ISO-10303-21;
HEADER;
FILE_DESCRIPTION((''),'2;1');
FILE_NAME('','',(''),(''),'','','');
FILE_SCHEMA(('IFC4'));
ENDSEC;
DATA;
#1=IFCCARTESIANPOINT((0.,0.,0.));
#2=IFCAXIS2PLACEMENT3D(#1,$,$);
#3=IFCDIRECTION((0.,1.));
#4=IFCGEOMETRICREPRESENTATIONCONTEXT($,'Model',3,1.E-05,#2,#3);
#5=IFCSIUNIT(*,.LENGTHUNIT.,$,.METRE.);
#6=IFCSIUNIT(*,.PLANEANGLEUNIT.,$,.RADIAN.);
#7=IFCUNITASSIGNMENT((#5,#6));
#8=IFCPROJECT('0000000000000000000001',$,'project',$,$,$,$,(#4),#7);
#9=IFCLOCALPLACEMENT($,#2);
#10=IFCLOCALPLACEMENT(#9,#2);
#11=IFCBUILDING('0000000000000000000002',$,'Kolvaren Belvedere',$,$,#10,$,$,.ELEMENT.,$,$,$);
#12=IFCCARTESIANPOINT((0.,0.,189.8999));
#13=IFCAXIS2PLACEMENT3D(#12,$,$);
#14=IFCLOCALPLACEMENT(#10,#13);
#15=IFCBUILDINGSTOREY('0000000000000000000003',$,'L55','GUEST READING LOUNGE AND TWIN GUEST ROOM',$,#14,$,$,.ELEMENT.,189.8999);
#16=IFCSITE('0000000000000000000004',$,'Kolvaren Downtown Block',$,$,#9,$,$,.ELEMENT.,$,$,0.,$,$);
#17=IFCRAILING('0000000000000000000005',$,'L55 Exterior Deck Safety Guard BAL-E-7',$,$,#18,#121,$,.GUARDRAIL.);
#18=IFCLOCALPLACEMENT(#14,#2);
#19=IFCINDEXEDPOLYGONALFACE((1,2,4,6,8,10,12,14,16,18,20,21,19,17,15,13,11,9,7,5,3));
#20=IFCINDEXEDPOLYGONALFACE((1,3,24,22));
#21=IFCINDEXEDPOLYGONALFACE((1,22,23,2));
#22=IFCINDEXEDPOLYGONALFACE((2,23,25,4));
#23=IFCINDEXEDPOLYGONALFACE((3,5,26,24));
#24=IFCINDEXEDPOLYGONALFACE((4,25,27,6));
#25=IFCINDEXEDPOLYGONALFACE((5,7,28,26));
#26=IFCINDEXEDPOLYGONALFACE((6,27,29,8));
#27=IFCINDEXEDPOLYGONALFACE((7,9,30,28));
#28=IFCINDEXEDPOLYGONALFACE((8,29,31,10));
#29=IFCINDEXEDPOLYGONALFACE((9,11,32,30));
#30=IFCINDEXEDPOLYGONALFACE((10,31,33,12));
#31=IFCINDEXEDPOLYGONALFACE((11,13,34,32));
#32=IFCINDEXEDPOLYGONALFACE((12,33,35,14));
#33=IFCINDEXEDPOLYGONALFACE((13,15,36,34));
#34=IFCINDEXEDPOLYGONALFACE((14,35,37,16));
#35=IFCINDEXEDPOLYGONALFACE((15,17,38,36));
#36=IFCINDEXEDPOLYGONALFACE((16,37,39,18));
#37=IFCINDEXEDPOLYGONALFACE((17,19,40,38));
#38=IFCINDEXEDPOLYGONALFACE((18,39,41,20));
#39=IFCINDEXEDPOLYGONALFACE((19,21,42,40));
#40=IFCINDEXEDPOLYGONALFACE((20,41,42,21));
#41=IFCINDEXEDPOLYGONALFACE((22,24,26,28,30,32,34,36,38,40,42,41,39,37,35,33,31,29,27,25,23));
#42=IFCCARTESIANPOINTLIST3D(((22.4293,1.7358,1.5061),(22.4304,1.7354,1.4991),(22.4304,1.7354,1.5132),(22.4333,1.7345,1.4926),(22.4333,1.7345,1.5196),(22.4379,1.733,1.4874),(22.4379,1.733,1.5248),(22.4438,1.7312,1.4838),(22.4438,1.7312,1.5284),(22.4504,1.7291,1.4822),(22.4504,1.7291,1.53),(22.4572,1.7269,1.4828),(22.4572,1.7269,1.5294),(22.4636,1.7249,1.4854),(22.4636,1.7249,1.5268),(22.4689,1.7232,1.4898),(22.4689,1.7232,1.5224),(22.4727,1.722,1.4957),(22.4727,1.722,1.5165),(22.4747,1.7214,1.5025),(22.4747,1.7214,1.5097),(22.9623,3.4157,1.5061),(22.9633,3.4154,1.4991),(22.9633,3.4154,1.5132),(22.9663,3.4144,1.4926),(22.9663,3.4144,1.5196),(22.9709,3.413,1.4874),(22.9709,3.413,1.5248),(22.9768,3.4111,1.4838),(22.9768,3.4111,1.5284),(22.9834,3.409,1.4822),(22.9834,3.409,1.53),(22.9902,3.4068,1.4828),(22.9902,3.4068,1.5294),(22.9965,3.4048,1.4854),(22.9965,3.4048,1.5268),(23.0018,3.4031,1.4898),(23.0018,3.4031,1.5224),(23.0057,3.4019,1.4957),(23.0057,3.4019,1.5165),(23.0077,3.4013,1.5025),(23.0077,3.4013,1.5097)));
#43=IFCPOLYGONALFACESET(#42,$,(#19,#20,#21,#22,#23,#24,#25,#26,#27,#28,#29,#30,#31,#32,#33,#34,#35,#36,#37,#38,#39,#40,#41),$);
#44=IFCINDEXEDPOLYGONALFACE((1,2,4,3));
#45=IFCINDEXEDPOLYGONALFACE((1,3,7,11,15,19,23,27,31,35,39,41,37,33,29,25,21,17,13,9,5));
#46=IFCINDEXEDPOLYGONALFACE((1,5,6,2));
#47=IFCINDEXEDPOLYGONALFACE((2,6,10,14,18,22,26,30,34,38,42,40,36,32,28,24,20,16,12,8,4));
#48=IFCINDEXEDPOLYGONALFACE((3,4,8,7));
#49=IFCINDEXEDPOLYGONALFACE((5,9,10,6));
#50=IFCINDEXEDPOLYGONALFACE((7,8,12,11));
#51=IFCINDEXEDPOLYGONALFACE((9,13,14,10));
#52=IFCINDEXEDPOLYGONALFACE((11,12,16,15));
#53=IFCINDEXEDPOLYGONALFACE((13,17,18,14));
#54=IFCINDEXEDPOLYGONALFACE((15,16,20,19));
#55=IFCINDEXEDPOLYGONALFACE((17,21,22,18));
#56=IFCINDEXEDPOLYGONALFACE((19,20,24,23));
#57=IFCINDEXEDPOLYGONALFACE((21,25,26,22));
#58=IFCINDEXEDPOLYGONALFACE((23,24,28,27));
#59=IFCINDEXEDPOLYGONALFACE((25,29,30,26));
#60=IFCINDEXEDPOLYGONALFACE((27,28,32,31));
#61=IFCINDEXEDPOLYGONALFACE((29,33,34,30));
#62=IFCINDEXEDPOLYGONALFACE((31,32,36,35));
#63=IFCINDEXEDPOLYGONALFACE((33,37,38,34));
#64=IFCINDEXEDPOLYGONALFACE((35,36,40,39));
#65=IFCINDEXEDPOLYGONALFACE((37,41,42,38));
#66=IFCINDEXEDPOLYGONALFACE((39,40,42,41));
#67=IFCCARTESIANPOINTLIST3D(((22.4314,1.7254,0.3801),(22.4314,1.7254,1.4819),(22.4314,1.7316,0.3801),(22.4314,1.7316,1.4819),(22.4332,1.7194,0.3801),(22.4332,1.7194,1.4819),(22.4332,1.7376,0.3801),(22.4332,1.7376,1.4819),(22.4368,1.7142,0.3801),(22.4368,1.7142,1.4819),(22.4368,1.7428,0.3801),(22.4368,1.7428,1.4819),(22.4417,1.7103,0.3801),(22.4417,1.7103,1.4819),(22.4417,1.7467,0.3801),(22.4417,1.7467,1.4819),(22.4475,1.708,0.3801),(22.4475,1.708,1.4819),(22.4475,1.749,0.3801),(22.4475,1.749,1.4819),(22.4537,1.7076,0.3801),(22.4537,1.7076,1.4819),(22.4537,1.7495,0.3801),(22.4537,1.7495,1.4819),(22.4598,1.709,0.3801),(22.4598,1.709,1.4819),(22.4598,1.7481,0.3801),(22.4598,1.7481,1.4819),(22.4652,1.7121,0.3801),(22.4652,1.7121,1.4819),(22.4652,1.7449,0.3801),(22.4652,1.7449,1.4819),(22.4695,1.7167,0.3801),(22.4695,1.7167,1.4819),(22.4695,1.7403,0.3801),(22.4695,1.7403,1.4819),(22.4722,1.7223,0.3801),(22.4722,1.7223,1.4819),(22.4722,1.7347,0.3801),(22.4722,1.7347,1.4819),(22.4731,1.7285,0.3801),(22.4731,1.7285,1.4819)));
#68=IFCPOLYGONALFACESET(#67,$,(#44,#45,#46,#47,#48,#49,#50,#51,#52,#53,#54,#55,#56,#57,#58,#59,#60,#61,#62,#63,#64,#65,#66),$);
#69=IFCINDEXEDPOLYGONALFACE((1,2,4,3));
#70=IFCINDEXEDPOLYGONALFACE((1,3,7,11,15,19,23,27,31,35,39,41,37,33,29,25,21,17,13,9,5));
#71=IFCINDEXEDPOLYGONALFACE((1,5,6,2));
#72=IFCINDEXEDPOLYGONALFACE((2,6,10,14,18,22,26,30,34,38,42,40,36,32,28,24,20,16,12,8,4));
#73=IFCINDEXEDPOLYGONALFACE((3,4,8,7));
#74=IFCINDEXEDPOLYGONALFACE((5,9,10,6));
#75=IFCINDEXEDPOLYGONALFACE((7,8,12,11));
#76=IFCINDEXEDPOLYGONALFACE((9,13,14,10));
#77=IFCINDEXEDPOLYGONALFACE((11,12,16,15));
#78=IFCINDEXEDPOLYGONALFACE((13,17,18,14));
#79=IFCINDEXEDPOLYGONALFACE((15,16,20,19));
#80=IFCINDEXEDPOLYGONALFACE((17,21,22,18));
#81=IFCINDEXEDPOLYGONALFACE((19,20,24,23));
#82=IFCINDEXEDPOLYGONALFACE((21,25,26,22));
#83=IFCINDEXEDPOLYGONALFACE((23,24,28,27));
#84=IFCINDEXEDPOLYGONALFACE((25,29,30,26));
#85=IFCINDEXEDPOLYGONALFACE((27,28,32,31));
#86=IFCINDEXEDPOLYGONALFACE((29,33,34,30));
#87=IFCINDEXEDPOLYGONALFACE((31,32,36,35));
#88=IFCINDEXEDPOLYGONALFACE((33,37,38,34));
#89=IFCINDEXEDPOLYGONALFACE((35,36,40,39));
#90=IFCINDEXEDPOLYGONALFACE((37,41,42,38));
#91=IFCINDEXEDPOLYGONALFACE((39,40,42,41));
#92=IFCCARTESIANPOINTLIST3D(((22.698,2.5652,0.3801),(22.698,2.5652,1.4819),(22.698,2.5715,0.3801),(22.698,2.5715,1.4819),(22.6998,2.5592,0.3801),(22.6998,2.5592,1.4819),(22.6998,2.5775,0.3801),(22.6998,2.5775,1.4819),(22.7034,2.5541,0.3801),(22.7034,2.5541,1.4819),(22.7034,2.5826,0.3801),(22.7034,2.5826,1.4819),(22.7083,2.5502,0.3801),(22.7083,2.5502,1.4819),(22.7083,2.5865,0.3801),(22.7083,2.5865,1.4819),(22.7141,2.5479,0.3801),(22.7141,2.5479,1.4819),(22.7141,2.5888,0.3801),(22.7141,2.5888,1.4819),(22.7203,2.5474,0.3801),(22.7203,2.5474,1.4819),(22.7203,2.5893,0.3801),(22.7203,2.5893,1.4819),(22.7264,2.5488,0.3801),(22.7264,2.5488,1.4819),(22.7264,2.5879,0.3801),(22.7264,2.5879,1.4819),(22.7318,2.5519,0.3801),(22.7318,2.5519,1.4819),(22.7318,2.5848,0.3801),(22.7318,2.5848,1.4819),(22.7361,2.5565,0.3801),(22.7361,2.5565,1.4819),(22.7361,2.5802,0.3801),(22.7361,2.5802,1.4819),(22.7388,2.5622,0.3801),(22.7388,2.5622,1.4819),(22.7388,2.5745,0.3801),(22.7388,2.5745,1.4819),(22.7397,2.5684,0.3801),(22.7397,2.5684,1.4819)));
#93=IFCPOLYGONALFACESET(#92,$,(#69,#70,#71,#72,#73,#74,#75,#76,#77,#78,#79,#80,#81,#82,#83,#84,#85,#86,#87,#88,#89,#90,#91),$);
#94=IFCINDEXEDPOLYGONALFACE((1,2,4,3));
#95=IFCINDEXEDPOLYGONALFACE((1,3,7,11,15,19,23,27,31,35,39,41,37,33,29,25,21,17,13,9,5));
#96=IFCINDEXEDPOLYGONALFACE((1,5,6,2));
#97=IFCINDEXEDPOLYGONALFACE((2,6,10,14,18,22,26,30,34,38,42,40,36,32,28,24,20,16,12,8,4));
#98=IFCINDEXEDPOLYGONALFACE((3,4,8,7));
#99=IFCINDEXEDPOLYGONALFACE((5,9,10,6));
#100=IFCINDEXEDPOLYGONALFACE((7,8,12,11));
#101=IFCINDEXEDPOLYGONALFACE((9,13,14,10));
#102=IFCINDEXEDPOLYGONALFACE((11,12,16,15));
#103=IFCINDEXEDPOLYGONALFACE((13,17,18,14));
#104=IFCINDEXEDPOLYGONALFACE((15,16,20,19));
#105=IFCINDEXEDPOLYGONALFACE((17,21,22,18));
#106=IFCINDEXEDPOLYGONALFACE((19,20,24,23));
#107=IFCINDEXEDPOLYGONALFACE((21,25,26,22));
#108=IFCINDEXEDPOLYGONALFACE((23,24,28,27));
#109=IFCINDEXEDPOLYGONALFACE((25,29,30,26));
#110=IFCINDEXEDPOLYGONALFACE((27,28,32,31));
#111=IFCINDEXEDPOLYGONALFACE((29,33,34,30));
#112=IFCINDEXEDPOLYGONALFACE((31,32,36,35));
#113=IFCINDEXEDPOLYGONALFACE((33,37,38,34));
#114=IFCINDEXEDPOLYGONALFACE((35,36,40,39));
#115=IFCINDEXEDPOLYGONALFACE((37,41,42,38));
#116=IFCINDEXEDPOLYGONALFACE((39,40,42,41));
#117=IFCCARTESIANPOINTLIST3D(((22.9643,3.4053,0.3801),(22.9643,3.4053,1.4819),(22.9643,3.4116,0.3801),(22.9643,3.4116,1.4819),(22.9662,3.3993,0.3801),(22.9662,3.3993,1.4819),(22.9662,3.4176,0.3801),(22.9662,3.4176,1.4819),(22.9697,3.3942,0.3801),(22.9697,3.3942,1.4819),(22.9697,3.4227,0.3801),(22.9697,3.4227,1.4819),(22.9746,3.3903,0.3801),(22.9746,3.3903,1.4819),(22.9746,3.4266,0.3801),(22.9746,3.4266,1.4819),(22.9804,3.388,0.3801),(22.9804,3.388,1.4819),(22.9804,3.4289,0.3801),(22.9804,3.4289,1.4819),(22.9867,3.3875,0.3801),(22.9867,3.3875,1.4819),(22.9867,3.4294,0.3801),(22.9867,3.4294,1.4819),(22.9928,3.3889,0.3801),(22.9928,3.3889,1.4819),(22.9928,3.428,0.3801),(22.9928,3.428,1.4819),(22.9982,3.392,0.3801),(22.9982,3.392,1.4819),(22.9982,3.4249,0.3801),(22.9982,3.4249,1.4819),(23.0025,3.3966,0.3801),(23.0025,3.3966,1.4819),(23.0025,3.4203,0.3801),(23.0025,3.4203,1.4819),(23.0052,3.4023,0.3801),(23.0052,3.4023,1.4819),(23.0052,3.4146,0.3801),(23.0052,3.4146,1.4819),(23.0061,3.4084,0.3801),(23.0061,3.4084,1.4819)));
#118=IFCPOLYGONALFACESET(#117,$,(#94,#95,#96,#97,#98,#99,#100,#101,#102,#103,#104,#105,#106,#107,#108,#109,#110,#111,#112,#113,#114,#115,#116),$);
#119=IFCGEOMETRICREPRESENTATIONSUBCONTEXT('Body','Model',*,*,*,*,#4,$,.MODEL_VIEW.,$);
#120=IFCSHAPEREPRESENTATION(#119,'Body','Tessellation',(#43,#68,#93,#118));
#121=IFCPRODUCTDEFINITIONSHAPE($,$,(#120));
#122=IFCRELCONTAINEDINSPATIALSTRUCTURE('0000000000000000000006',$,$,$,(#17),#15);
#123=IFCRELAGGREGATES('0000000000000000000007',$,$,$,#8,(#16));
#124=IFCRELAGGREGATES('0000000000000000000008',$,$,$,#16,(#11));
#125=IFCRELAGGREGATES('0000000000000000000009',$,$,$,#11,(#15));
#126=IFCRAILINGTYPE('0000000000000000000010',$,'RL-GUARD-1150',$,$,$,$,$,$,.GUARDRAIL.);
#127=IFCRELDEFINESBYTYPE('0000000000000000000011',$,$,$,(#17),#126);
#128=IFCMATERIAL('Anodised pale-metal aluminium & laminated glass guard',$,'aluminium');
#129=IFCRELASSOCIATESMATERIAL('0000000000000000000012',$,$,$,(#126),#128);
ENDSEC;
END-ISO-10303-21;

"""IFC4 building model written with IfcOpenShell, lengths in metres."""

from ifc_helpers import new_model, si_unit, direction, frame, origin, origin_2d, place, context, subcontext, project, spatial, circle, extrude, material, type_object, element, save


model = new_model("IFC4")

# Units and contexts
model_context = context("Model", 3, precision=1e-05, world=origin(), true_north=direction((0.0, 1.0)))
body_context = subcontext(model_context, "Body", "Model", "MODEL_VIEW")
ifc_project = project(units=[si_unit("LENGTHUNIT", "METRE"), si_unit("PLANEANGLEUNIT", "RADIAN")], contexts=[model_context])

# Site, building, storey
site_placement = place(None, origin())
site = spatial("IfcSite", under=ifc_project, at=site_placement, Name="Kolvaren Downtown Block", CompositionType="ELEMENT", RefElevation=0.0)
building_placement = place(site_placement, origin())
building = spatial("IfcBuilding", under=site, at=building_placement, Name="Kolvaren Belvedere", CompositionType="ELEMENT")
storey_placement = place(building_placement, frame((0.0, 0.0, 189.8999)))
storey = spatial("IfcBuildingStorey", under=building, at=storey_placement, Name="L55", Description="GUEST READING LOUNGE AND TWIN GUEST ROOM", CompositionType="ELEMENT", Elevation=189.8999)

# Railing
ifc_material_1 = material(Name="Anodised pale-metal aluminium & laminated glass guard", Category="aluminium")
railing_type = type_object("IfcRailingType", Name="RL-GUARD-1150", PredefinedType="GUARDRAIL", material=ifc_material_1)
railing_1_placement = place(storey_placement, frame((22.4521, 1.7285, 0.3801)))
element("IfcRailing", 1, at=railing_1_placement, inside=storey, type_object=railing_type, Name="L55 Exterior Deck Safety Guard BAL-E-7", PredefinedType="GUARDRAIL", context=body_context, shape_type="SweptSolid", body=[
    extrude(circle(Radius=0.0239, at=origin_2d()), frame((0.0, 0.0, 1.126), z_axis=(0.302397, 0.953182, 0.0), x_axis=(-0.953182, 0.302397, 0.0)), (0.0, 0.0, 1.0), 1.7625),
    extrude(circle(Radius=0.021, at=origin_2d()), origin(), (0.0, 0.0, 1.0), 1.1018),
    extrude(circle(Radius=0.021, at=origin_2d()), frame((0.2666, 0.8398, 0.0)), (0.0, 0.0, 1.0), 1.1018),
    extrude(circle(Radius=0.021, at=origin_2d()), frame((0.533, 1.6799, 0.0)), (0.0, 0.0, 1.0), 1.1018),
])

save(model, "model.ifc")
